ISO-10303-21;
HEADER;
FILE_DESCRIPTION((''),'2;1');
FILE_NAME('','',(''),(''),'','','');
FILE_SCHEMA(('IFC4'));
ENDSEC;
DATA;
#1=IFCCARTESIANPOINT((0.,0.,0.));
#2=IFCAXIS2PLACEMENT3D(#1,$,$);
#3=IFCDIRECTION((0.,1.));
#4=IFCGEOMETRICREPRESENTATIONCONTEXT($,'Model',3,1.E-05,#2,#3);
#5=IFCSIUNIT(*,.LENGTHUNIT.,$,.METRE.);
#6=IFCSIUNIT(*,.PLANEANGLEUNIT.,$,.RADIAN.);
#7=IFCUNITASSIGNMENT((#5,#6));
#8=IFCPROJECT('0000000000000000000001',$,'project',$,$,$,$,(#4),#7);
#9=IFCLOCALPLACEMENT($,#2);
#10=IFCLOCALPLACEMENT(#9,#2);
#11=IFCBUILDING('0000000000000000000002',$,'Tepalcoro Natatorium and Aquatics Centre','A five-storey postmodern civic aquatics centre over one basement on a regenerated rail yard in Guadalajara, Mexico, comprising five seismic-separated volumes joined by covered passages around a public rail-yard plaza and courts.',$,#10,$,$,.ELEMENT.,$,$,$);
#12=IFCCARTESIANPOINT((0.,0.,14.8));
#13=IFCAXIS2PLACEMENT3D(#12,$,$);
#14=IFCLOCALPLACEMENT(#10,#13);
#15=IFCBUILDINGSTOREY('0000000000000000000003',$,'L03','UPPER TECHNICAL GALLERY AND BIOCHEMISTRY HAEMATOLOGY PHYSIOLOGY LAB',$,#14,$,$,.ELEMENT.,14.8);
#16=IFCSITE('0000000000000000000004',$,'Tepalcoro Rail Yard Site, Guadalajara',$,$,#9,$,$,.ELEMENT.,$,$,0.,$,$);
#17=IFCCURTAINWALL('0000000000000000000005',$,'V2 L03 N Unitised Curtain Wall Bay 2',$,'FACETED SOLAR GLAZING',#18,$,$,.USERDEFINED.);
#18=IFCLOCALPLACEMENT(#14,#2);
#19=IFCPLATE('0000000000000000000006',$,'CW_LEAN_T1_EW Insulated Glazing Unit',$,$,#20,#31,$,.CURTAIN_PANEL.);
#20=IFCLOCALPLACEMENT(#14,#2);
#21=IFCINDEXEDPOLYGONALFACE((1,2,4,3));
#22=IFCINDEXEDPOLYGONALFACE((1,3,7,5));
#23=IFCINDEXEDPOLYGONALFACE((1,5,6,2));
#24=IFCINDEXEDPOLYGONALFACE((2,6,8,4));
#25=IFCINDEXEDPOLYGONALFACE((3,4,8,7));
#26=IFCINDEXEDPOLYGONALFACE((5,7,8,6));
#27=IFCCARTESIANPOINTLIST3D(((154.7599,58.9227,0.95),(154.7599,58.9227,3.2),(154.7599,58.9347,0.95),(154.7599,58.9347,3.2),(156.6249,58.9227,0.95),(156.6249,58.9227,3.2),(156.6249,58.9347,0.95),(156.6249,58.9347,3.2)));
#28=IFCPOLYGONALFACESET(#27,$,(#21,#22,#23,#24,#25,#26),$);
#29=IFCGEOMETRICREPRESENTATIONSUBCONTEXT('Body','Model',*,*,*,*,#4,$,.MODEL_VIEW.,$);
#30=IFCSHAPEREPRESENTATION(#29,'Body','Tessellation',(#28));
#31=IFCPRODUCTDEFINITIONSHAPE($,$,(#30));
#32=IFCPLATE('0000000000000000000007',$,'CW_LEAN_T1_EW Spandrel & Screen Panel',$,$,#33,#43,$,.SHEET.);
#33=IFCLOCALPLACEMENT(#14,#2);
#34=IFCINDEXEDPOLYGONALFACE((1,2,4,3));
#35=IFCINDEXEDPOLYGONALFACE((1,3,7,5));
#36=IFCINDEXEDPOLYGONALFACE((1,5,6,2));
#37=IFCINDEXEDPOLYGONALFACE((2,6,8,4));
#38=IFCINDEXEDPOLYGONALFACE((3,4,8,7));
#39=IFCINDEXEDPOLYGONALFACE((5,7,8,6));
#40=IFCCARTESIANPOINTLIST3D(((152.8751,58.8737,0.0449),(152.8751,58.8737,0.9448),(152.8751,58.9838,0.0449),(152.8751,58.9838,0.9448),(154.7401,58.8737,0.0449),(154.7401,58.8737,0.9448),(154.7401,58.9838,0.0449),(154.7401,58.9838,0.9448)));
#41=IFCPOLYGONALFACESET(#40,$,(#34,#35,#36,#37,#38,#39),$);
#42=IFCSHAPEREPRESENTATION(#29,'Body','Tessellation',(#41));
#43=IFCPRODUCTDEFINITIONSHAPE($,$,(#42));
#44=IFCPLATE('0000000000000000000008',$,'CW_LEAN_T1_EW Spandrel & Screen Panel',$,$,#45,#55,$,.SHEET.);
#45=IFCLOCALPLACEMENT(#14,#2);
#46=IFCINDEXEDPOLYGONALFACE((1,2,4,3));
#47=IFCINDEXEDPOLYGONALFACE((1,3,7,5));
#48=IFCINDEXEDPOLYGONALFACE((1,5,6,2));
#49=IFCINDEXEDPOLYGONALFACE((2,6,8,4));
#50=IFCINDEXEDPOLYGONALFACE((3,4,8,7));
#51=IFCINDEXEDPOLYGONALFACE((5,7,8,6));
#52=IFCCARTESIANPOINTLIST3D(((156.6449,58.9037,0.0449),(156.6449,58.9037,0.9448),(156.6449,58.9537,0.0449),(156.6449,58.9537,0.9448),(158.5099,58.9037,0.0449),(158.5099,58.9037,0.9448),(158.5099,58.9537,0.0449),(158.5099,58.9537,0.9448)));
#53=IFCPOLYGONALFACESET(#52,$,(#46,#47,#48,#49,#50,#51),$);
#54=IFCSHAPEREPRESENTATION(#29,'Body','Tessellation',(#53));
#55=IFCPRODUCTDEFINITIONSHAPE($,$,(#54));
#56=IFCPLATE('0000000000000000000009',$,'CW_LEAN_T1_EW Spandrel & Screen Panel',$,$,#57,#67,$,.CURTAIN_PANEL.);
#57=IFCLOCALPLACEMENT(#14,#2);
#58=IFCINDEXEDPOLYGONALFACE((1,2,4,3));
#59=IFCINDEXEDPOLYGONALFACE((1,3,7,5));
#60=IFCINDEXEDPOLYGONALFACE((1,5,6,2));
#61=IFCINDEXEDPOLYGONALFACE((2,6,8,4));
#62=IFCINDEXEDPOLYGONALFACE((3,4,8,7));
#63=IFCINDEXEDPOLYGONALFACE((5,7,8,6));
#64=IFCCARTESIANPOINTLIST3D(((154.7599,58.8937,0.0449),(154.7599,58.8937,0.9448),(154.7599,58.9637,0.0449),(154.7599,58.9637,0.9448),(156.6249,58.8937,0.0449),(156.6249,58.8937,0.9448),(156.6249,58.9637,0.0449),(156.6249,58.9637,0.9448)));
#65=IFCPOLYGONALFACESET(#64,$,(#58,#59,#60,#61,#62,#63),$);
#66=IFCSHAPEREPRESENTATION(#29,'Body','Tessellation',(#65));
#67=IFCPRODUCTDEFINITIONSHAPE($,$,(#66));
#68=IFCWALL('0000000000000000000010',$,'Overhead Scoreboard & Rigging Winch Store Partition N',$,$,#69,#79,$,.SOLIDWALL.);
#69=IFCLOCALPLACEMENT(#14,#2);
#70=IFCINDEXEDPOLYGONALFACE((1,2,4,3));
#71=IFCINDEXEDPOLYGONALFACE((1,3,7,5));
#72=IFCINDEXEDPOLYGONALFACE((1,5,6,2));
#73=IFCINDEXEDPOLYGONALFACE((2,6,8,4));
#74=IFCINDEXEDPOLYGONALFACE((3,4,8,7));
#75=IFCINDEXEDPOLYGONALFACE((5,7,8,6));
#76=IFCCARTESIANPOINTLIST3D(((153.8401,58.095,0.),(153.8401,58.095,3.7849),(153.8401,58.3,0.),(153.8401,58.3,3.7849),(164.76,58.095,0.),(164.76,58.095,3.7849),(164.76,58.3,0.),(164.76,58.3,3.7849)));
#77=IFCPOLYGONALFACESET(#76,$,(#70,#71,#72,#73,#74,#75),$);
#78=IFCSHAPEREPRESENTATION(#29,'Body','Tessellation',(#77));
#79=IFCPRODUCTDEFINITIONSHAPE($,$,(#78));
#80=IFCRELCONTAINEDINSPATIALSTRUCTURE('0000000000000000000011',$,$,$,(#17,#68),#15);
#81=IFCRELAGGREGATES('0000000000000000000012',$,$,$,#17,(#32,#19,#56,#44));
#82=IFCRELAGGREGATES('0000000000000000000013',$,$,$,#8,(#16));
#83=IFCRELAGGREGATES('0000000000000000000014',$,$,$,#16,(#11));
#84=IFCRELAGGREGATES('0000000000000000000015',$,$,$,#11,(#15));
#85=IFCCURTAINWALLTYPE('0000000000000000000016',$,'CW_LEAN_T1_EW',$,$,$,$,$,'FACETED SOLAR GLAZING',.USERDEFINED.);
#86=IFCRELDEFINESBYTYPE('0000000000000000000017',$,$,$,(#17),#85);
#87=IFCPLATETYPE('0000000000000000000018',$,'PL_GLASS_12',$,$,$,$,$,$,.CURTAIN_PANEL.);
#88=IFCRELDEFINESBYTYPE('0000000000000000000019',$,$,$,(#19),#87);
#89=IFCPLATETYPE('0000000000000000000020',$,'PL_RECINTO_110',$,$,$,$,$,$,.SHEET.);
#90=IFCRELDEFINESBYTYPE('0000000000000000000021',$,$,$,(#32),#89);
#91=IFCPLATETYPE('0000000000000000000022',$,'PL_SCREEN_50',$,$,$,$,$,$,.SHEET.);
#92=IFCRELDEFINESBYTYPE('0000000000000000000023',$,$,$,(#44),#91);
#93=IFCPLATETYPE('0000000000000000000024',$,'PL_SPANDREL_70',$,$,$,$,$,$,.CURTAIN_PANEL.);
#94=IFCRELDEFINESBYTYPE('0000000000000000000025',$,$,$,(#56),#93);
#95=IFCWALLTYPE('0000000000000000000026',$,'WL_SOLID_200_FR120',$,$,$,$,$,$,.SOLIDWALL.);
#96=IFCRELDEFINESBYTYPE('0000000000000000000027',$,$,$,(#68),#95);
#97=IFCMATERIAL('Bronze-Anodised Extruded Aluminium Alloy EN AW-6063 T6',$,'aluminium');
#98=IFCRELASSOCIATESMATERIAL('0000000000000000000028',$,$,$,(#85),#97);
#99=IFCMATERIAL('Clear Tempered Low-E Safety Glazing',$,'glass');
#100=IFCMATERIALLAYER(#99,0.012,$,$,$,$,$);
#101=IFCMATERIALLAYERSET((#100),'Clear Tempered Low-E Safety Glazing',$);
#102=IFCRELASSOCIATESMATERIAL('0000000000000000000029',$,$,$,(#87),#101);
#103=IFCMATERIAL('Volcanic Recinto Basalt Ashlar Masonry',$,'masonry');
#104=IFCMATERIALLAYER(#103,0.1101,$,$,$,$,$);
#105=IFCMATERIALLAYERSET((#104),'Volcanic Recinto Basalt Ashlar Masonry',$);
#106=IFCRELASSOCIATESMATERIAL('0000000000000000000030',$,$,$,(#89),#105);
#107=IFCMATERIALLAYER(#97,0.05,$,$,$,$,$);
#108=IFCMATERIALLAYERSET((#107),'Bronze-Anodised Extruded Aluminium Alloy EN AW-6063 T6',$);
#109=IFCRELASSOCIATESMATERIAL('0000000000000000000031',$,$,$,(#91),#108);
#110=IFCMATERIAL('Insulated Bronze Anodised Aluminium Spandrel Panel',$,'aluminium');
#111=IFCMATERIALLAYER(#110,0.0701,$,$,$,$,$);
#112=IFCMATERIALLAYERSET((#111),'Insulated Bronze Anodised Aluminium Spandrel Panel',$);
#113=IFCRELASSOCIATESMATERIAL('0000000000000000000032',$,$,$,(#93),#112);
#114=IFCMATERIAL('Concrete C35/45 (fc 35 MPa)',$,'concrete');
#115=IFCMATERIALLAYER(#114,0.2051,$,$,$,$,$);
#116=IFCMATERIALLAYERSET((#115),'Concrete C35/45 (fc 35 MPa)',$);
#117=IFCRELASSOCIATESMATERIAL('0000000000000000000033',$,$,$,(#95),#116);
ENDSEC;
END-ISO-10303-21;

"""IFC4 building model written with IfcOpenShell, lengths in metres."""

from ifc_helpers import new_model, si_unit, direction, frame, frame_2d, origin, origin_2d, place, context, subcontext, project, spatial, rectangle, extrude, material, layer, layer_set, type_object, element, aggregate, save


model = new_model("IFC4")

# Units and contexts
model_context = context("Model", 3, precision=1e-05, world=origin(), true_north=direction((0.0, 1.0)))
body_context = subcontext(model_context, "Body", "Model", "MODEL_VIEW")
ifc_project = project(units=[si_unit("LENGTHUNIT", "METRE"), si_unit("PLANEANGLEUNIT", "RADIAN")], contexts=[model_context])

# Site, building, storey
site_placement = place(None, origin())
site = spatial("IfcSite", under=ifc_project, at=site_placement, Name="Tepalcoro Rail Yard Site, Guadalajara", CompositionType="ELEMENT", RefElevation=0.0)
building_placement = place(site_placement, origin())
building = spatial("IfcBuilding", under=site, at=building_placement, Name="Tepalcoro Natatorium and Aquatics Centre", Description="A five-storey postmodern civic aquatics centre over one basement on a regenerated rail yard in Guadalajara, Mexico, comprising five seismic-separated volumes joined by covered passages around a public rail-yard plaza and courts.", CompositionType="ELEMENT")
storey_placement = place(building_placement, frame((0.0, 0.0, 14.8)))
storey = spatial("IfcBuildingStorey", under=building, at=storey_placement, Name="L03", Description="UPPER TECHNICAL GALLERY AND BIOCHEMISTRY HAEMATOLOGY PHYSIOLOGY LAB", CompositionType="ELEMENT", Elevation=14.8)

# Curtain wall
ifc_material_1 = material(Name="Bronze-Anodised Extruded Aluminium Alloy EN AW-6063 T6", Category="aluminium")
curtain_wall_type_1 = type_object("IfcCurtainWallType", Name="CW_LEAN_T1_EW", ElementType="FACETED SOLAR GLAZING", PredefinedType="USERDEFINED", material=ifc_material_1)
curtain_wall_1_placement = place(storey_placement, origin())
curtain_wall_1 = element("IfcCurtainWall", 1, at=curtain_wall_1_placement, inside=storey, type_object=curtain_wall_type_1, Name="V2 L03 N Unitised Curtain Wall Bay 2", ObjectType="FACETED SOLAR GLAZING", PredefinedType="USERDEFINED")

# Plates
ifc_material_2 = material(Name="Clear Tempered Low-E Safety Glazing", Category="glass")
ifc_layer_1 = layer(ifc_material_2, 0.012)
ifc_layer_set_1 = layer_set([ifc_layer_1], Name="Clear Tempered Low-E Safety Glazing")
plate_type_1 = type_object("IfcPlateType", Name="PL_GLASS_12", PredefinedType="CURTAIN_PANEL", material=ifc_layer_set_1)
plate_1_placement = place(storey_placement, frame((155.6924, 58.9287, 0.95), z_axis=(0.0, 0.0, 1.0), x_axis=(1.0, 0.0, 0.0)))
plate_1 = element("IfcPlate", 2, at=plate_1_placement, type_object=plate_type_1, Name="CW_LEAN_T1_EW Insulated Glazing Unit", PredefinedType="CURTAIN_PANEL", context=body_context, shape_type="SweptSolid", body=[
    extrude(rectangle(XDim=1.865, YDim=0.012, at=origin_2d()), origin(), (0.0, 0.0, 1.0), 2.25),
])
ifc_material_3 = material(Name="Volcanic Recinto Basalt Ashlar Masonry", Category="masonry")
ifc_layer_2 = layer(ifc_material_3, 0.1101)
ifc_layer_set_2 = layer_set([ifc_layer_2], Name="Volcanic Recinto Basalt Ashlar Masonry")
plate_type_2 = type_object("IfcPlateType", Name="PL_RECINTO_110", PredefinedType="SHEET", material=ifc_layer_set_2)
plate_2_placement = place(storey_placement, frame((153.8076, 58.9287, 0.0449), z_axis=(0.0, 0.0, 1.0), x_axis=(1.0, 0.0, 0.0)))
plate_2 = element("IfcPlate", 3, at=plate_2_placement, type_object=plate_type_2, Name="CW_LEAN_T1_EW Spandrel & Screen Panel", PredefinedType="SHEET", context=body_context, shape_type="SweptSolid", body=[
    extrude(rectangle(XDim=1.865, YDim=0.1101, at=origin_2d()), origin(), (0.0, 0.0, 1.0), 0.8999),
])
ifc_layer_3 = layer(ifc_material_1, 0.05)
ifc_layer_set_3 = layer_set([ifc_layer_3], Name="Bronze-Anodised Extruded Aluminium Alloy EN AW-6063 T6")
plate_type_3 = type_object("IfcPlateType", Name="PL_SCREEN_50", PredefinedType="SHEET", material=ifc_layer_set_3)
plate_3_placement = place(storey_placement, frame((157.5774, 58.9287, 0.0449), z_axis=(0.0, 0.0, 1.0), x_axis=(1.0, 0.0, 0.0)))
plate_3 = element("IfcPlate", 4, at=plate_3_placement, type_object=plate_type_3, Name="CW_LEAN_T1_EW Spandrel & Screen Panel", PredefinedType="SHEET", context=body_context, shape_type="SweptSolid", body=[
    extrude(rectangle(XDim=1.865, YDim=0.05, at=origin_2d()), origin(), (0.0, 0.0, 1.0), 0.8999),
])
ifc_material_4 = material(Name="Insulated Bronze Anodised Aluminium Spandrel Panel", Category="aluminium")
ifc_layer_4 = layer(ifc_material_4, 0.0701)
ifc_layer_set_4 = layer_set([ifc_layer_4], Name="Insulated Bronze Anodised Aluminium Spandrel Panel")
plate_type_4 = type_object("IfcPlateType", Name="PL_SPANDREL_70", PredefinedType="CURTAIN_PANEL", material=ifc_layer_set_4)
plate_4_placement = place(storey_placement, frame((155.6924, 58.9287, 0.0449), z_axis=(0.0, 0.0, 1.0), x_axis=(1.0, 0.0, 0.0)))
plate_4 = element("IfcPlate", 5, at=plate_4_placement, type_object=plate_type_4, Name="CW_LEAN_T1_EW Spandrel & Screen Panel", PredefinedType="CURTAIN_PANEL", context=body_context, shape_type="SweptSolid", body=[
    extrude(rectangle(XDim=1.865, YDim=0.0701, at=origin_2d()), origin(), (0.0, 0.0, 1.0), 0.8999),
])
aggregate(curtain_wall_1, [plate_2, plate_1, plate_4, plate_3])

# Wall
ifc_material_5 = material(Name="Concrete C35/45 (fc 35 MPa)", Category="concrete")
ifc_layer_5 = layer(ifc_material_5, 0.2051)
ifc_layer_set_5 = layer_set([ifc_layer_5], Name="Concrete C35/45 (fc 35 MPa)")
wall_type = type_object("IfcWallType", Name="WL_SOLID_200_FR120", PredefinedType="SOLIDWALL", material=ifc_layer_set_5)
wall_placement = place(storey_placement, frame((153.8401, 58.1975, 0.0), z_axis=(0.0, 0.0, 1.0), x_axis=(1.0, 0.0, 0.0)))
element("IfcWall", 6, at=wall_placement, inside=storey, type_object=wall_type, Name="Overhead Scoreboard & Rigging Winch Store Partition N", PredefinedType="SOLIDWALL", context=body_context, shape_type="SweptSolid", body=[
    extrude(rectangle(XDim=10.9199, YDim=0.2051, at=frame_2d((5.46, 0.0))), origin(), (0.0, 0.0, 1.0), 3.7849),
])

save(model, "model.ifc")
